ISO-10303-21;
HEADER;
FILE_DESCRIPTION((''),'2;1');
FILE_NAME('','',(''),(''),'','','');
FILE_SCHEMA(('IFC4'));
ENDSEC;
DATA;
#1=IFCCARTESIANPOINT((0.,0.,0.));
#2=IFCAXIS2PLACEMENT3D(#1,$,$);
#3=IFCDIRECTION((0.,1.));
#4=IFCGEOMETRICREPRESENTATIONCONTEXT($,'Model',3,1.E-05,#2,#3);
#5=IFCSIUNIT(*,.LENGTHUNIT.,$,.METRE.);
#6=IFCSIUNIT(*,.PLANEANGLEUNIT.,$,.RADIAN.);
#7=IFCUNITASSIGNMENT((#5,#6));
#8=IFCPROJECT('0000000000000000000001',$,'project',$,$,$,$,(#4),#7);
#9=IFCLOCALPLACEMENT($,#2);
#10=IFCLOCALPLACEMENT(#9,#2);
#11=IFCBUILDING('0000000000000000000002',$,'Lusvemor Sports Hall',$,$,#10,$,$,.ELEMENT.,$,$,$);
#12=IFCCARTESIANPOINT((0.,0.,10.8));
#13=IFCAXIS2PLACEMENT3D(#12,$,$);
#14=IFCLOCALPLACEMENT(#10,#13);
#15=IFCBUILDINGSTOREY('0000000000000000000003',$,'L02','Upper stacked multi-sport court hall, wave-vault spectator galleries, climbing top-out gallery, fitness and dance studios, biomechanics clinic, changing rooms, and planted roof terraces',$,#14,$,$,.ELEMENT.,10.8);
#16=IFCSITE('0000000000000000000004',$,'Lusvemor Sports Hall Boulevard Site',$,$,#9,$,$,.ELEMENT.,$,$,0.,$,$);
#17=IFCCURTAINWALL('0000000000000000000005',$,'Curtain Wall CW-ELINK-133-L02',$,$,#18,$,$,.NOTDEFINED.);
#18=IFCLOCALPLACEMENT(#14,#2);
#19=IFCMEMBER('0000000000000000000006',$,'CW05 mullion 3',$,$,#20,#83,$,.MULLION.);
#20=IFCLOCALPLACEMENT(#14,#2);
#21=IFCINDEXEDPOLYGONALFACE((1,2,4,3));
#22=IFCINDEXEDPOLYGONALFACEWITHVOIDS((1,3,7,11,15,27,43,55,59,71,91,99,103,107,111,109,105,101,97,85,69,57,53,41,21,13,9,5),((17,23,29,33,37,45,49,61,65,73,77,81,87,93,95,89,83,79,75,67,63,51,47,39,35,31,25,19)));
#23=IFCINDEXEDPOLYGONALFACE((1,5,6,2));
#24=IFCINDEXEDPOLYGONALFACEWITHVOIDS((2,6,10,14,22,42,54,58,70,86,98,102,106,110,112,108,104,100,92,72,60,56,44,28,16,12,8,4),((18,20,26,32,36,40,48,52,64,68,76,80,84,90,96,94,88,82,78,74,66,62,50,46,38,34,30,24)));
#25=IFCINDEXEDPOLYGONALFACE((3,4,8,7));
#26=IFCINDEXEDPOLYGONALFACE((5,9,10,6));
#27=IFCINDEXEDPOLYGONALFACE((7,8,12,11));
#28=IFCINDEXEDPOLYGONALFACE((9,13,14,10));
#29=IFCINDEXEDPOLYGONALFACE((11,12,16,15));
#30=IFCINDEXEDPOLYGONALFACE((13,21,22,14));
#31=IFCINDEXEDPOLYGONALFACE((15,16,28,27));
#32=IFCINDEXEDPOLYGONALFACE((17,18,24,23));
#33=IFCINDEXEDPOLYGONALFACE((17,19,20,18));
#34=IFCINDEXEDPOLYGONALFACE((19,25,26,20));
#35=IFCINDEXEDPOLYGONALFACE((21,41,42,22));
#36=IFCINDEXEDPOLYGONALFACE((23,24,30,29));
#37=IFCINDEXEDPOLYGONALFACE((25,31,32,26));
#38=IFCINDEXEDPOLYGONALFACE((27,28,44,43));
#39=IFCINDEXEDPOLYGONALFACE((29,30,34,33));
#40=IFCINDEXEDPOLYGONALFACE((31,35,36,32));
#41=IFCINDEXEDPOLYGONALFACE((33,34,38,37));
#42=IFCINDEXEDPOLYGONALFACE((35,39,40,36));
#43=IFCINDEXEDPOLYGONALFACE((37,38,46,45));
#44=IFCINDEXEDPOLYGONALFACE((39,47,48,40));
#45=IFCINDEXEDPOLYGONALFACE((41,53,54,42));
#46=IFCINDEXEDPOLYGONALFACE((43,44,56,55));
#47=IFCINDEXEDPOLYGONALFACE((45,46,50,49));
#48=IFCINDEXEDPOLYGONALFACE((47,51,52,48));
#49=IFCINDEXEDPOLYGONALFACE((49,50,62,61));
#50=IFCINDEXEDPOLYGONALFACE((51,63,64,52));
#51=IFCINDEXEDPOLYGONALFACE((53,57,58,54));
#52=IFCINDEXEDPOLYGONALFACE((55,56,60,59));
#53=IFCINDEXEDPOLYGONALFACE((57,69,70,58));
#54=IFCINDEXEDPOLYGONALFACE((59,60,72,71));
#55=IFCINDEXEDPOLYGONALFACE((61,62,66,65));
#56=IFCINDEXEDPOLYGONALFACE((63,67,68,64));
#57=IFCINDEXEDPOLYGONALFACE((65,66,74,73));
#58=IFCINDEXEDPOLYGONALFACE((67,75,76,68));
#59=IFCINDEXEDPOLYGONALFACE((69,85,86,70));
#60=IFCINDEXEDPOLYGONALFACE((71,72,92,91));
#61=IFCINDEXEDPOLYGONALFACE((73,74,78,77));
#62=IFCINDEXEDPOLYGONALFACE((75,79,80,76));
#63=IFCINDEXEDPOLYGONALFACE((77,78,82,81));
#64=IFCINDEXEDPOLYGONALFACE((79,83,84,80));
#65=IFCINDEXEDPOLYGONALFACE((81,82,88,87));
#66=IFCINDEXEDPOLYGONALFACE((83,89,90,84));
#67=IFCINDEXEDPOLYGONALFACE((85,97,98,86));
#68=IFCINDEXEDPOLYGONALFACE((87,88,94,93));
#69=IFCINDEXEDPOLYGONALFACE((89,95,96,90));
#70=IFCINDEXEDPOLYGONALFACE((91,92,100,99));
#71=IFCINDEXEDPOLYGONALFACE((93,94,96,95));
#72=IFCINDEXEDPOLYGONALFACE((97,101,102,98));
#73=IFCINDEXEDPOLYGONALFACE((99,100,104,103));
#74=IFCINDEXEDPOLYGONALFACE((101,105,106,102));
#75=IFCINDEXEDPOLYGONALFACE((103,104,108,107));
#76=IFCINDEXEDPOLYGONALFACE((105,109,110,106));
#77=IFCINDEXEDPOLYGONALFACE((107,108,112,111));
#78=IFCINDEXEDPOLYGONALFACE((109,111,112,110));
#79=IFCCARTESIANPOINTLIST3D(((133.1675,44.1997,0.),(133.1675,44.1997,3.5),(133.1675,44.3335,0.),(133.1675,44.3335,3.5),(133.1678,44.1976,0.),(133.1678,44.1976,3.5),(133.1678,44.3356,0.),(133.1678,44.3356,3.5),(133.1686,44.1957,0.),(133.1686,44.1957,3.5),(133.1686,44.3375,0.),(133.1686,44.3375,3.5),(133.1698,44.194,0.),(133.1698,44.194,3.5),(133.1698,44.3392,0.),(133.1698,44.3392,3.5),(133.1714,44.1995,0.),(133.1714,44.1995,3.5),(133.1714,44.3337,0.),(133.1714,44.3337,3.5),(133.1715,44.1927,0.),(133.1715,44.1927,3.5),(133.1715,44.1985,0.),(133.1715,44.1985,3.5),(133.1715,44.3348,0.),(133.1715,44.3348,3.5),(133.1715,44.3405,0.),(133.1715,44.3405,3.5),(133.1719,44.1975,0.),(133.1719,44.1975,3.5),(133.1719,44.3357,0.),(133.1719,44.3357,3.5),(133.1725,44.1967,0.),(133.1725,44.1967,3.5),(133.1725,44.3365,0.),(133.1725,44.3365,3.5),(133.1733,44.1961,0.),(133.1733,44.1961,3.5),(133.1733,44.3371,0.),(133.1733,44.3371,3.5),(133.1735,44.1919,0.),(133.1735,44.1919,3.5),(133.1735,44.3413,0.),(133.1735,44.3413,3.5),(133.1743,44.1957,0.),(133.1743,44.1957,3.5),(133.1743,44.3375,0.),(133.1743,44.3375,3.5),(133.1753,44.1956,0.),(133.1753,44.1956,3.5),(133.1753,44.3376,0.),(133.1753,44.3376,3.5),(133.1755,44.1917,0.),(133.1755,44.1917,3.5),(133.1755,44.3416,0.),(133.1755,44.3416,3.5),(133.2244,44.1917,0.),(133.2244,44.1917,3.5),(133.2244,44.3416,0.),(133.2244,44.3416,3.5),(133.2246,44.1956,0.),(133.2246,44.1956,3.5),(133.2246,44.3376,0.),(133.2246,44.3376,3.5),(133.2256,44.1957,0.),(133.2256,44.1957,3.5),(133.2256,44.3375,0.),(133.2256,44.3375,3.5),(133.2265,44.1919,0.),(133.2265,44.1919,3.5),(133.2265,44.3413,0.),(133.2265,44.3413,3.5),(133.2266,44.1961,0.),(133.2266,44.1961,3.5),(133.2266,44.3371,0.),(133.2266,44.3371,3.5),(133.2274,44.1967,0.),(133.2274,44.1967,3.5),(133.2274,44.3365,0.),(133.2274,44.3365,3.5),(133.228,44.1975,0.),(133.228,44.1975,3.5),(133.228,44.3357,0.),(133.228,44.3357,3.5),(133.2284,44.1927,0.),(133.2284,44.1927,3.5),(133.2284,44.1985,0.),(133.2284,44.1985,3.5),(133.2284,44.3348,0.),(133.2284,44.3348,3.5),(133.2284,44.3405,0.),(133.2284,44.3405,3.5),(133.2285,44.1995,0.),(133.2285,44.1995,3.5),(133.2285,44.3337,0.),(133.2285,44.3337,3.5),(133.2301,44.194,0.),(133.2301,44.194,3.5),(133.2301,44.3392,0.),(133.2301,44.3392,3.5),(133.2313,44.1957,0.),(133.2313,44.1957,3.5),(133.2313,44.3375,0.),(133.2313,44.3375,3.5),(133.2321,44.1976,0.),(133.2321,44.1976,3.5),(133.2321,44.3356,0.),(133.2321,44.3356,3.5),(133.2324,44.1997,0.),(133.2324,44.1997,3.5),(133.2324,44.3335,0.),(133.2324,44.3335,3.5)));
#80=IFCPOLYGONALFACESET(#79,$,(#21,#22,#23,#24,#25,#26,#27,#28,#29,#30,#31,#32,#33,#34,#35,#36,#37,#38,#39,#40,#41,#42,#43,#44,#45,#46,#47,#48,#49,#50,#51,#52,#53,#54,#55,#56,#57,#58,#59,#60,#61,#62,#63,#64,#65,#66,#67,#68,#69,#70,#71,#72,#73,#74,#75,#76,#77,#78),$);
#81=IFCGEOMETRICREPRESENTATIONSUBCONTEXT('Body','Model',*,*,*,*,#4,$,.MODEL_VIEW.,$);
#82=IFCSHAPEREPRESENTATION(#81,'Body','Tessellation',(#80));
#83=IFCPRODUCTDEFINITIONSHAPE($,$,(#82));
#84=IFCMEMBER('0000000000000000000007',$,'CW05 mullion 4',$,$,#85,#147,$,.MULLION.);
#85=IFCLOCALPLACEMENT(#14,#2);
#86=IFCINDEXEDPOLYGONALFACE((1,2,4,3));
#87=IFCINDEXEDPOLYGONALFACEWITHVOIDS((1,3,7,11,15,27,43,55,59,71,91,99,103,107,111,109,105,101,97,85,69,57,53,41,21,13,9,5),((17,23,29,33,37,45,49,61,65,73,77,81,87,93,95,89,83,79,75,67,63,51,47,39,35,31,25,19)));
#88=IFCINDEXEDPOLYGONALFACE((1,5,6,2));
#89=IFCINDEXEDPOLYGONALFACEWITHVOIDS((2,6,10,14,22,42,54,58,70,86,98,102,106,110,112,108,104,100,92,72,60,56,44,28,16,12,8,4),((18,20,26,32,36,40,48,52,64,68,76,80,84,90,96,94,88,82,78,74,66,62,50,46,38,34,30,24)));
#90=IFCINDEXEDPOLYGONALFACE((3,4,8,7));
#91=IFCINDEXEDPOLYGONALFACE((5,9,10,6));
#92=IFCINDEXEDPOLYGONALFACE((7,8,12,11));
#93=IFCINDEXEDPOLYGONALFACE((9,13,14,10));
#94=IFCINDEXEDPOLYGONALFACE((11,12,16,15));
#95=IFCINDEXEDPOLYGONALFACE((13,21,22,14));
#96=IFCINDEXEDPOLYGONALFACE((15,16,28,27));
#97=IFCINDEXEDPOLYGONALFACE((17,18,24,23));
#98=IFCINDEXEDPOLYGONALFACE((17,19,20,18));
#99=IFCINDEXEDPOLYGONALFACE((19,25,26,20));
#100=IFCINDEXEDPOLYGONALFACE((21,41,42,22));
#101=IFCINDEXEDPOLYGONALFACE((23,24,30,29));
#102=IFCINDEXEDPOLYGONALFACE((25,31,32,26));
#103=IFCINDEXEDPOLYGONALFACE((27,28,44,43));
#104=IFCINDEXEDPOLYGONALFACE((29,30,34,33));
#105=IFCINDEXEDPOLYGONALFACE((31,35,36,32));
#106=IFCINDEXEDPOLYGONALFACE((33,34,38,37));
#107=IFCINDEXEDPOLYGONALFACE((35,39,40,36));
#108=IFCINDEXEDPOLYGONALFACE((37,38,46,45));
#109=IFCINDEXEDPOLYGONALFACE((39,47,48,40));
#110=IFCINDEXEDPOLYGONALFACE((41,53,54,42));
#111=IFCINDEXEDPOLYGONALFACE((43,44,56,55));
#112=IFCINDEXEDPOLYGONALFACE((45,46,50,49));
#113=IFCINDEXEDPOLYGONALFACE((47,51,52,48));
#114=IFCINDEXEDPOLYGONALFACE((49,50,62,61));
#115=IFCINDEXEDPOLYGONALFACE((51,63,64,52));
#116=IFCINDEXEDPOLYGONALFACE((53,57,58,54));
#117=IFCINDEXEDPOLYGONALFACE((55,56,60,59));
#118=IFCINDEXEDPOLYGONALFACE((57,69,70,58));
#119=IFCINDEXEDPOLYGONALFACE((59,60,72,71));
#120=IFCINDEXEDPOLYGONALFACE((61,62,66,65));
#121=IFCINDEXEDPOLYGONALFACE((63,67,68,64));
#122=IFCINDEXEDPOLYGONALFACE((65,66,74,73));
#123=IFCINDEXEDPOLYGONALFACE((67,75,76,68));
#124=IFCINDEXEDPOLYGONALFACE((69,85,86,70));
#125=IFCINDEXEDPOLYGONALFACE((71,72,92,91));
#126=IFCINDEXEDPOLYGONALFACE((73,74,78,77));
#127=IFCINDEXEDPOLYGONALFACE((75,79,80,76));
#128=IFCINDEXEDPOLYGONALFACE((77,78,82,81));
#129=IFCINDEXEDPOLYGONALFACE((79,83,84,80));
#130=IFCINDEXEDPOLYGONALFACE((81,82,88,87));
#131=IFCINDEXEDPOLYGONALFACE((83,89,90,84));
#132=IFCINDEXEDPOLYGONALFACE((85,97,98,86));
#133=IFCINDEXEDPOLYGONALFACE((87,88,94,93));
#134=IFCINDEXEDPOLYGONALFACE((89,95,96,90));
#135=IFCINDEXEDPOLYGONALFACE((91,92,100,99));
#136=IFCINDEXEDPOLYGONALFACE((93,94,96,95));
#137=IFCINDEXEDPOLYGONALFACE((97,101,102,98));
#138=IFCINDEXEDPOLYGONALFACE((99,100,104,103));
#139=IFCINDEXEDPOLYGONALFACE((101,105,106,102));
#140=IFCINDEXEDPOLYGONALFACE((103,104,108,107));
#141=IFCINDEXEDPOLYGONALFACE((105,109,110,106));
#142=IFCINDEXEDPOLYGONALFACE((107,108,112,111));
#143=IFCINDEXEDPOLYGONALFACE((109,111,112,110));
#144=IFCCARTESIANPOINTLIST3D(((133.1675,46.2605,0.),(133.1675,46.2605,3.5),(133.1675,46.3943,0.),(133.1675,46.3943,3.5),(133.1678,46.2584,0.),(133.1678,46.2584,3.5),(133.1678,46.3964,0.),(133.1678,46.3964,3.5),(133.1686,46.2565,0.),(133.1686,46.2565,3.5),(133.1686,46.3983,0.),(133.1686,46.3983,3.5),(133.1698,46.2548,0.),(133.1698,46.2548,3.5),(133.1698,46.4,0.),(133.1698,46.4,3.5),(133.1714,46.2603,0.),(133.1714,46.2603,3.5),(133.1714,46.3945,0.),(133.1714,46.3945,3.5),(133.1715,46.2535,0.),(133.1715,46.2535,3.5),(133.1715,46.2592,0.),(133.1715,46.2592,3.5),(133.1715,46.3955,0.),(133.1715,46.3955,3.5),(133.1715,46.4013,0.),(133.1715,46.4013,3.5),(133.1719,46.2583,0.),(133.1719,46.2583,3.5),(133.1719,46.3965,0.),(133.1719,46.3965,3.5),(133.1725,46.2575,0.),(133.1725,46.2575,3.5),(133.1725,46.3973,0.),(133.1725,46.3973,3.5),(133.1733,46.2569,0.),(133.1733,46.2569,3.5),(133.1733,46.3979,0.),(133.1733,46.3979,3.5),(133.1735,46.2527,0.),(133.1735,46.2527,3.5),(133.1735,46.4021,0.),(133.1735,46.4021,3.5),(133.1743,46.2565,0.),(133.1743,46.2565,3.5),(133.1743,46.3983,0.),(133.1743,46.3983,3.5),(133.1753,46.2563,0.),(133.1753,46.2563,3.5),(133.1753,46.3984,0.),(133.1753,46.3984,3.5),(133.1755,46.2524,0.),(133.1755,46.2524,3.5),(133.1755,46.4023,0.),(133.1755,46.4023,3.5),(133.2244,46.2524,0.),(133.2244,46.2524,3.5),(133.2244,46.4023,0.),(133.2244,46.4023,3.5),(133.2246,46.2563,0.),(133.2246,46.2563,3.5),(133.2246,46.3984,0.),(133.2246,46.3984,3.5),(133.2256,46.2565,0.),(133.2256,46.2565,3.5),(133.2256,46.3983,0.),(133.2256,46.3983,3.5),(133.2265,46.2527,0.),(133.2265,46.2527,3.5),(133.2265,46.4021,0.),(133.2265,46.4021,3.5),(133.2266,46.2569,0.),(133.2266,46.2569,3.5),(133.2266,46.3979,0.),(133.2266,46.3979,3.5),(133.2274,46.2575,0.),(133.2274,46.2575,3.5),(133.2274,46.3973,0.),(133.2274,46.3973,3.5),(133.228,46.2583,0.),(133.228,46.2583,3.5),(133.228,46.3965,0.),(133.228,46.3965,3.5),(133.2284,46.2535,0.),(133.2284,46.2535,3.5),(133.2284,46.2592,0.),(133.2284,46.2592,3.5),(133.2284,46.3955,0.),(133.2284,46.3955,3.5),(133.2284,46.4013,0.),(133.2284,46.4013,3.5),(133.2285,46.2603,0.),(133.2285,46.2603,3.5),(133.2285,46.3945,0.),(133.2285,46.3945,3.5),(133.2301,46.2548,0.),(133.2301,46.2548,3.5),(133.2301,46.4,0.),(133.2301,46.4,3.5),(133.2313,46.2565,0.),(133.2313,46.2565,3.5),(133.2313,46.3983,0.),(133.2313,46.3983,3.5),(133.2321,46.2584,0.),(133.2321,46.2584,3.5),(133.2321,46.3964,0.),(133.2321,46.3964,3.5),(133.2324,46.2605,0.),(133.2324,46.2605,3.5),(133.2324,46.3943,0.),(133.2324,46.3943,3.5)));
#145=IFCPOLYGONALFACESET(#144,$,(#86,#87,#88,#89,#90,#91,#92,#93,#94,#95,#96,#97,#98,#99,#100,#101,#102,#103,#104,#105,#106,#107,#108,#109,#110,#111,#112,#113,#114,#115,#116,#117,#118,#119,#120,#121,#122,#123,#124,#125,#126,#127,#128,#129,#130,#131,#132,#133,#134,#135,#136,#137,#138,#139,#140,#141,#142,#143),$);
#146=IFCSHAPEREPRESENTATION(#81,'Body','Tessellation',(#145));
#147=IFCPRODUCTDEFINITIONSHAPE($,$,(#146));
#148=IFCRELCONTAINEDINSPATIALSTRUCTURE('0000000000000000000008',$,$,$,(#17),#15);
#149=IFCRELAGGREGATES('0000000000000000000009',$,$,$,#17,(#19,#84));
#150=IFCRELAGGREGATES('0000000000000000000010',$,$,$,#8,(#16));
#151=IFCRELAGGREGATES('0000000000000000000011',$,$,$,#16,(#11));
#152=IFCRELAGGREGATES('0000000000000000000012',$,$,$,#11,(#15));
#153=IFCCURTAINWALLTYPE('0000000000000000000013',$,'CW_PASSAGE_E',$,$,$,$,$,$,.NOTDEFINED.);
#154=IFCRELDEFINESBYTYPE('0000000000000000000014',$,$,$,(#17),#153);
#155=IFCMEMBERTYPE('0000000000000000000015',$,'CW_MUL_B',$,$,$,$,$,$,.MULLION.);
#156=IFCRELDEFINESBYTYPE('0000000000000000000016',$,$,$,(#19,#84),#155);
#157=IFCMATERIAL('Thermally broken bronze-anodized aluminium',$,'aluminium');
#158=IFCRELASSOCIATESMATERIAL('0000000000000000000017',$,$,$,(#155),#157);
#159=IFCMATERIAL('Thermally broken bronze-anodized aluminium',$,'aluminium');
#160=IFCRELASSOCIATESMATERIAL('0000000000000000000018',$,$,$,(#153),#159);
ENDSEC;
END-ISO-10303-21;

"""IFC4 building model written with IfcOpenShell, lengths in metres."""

from ifc_helpers import new_model, si_unit, direction, frame, origin, origin_2d, place, context, subcontext, project, spatial, hollow_rectangle, extrude, material, material_profile, profile_set, type_object, element, aggregate, save


model = new_model("IFC4")

# Units and contexts
model_context = context("Model", 3, precision=1e-05, world=origin(), true_north=direction((0.0, 1.0)))
body_context = subcontext(model_context, "Body", "Model", "MODEL_VIEW")
ifc_project = project(units=[si_unit("LENGTHUNIT", "METRE"), si_unit("PLANEANGLEUNIT", "RADIAN")], contexts=[model_context])

# Site, building, storey
site_placement = place(None, origin())
site = spatial("IfcSite", under=ifc_project, at=site_placement, Name="Lusvemor Sports Hall Boulevard Site", CompositionType="ELEMENT", RefElevation=0.0)
building_placement = place(site_placement, origin())
building = spatial("IfcBuilding", under=site, at=building_placement, Name="Lusvemor Sports Hall", CompositionType="ELEMENT")
storey_placement = place(building_placement, frame((0.0, 0.0, 10.8)))
storey = spatial("IfcBuildingStorey", under=building, at=storey_placement, Name="L02", Description="Upper stacked multi-sport court hall, wave-vault spectator galleries, climbing top-out gallery, fitness and dance studios, biomechanics clinic, changing rooms, and planted roof terraces", CompositionType="ELEMENT", Elevation=10.8)

# Shared definitions
ifc_material_1 = material(Name="Thermally broken bronze-anodized aluminium", Category="aluminium")
ifc_material_profile_1 = material_profile(ifc_material_1, hollow_rectangle(XDim=0.0649, YDim=0.1499, WallThickness=0.0039, InnerFilletRadius=0.0039, OuterFilletRadius=0.0081, at=origin_2d()), Name="CWMUL150x65x4")
ifc_profile_set_1 = profile_set([ifc_material_profile_1], Name="Thermally broken bronze-anodized aluminium")
member_type_1 = type_object("IfcMemberType", Name="CW_MUL_B", PredefinedType="MULLION", material=ifc_profile_set_1)

# Curtain wall, members
ifc_material_2 = material(Name="Thermally broken bronze-anodized aluminium", Category="aluminium")
curtain_wall_type_1 = type_object("IfcCurtainWallType", Name="CW_PASSAGE_E", PredefinedType="NOTDEFINED", material=ifc_material_2)
curtain_wall_1_placement = place(storey_placement, origin())
curtain_wall_1 = element("IfcCurtainWall", 1, at=curtain_wall_1_placement, inside=storey, type_object=curtain_wall_type_1, Name="Curtain Wall CW-ELINK-133-L02", PredefinedType="NOTDEFINED")
member_1_placement = place(storey_placement, frame((133.2, 44.2666, 0.0), z_axis=(0.0, 0.0, 1.0), x_axis=(-1.0, 0.0, 0.0)))
member_1 = element("IfcMember", 2, at=member_1_placement, type_object=member_type_1, Name="CW05 mullion 3", PredefinedType="MULLION", context=body_context, shape_type="SweptSolid", body=[
    extrude(hollow_rectangle(XDim=0.0649, YDim=0.1499, WallThickness=0.0039, InnerFilletRadius=0.0039, OuterFilletRadius=0.0081, at=origin_2d()), origin(), (0.0, 0.0, 1.0), 3.5),
])
member_2_placement = place(storey_placement, frame((133.2, 46.3274, 0.0), z_axis=(0.0, 0.0, 1.0), x_axis=(-1.0, 0.0, 0.0)))
member_2 = element("IfcMember", 3, at=member_2_placement, type_object=member_type_1, Name="CW05 mullion 4", PredefinedType="MULLION", context=body_context, shape_type="SweptSolid", body=[
    extrude(hollow_rectangle(XDim=0.0649, YDim=0.1499, WallThickness=0.0039, InnerFilletRadius=0.0039, OuterFilletRadius=0.0081, at=origin_2d()), origin(), (0.0, 0.0, 1.0), 3.5),
])

aggregate(curtain_wall_1, [member_1, member_2])

save(model, "model.ifc")
